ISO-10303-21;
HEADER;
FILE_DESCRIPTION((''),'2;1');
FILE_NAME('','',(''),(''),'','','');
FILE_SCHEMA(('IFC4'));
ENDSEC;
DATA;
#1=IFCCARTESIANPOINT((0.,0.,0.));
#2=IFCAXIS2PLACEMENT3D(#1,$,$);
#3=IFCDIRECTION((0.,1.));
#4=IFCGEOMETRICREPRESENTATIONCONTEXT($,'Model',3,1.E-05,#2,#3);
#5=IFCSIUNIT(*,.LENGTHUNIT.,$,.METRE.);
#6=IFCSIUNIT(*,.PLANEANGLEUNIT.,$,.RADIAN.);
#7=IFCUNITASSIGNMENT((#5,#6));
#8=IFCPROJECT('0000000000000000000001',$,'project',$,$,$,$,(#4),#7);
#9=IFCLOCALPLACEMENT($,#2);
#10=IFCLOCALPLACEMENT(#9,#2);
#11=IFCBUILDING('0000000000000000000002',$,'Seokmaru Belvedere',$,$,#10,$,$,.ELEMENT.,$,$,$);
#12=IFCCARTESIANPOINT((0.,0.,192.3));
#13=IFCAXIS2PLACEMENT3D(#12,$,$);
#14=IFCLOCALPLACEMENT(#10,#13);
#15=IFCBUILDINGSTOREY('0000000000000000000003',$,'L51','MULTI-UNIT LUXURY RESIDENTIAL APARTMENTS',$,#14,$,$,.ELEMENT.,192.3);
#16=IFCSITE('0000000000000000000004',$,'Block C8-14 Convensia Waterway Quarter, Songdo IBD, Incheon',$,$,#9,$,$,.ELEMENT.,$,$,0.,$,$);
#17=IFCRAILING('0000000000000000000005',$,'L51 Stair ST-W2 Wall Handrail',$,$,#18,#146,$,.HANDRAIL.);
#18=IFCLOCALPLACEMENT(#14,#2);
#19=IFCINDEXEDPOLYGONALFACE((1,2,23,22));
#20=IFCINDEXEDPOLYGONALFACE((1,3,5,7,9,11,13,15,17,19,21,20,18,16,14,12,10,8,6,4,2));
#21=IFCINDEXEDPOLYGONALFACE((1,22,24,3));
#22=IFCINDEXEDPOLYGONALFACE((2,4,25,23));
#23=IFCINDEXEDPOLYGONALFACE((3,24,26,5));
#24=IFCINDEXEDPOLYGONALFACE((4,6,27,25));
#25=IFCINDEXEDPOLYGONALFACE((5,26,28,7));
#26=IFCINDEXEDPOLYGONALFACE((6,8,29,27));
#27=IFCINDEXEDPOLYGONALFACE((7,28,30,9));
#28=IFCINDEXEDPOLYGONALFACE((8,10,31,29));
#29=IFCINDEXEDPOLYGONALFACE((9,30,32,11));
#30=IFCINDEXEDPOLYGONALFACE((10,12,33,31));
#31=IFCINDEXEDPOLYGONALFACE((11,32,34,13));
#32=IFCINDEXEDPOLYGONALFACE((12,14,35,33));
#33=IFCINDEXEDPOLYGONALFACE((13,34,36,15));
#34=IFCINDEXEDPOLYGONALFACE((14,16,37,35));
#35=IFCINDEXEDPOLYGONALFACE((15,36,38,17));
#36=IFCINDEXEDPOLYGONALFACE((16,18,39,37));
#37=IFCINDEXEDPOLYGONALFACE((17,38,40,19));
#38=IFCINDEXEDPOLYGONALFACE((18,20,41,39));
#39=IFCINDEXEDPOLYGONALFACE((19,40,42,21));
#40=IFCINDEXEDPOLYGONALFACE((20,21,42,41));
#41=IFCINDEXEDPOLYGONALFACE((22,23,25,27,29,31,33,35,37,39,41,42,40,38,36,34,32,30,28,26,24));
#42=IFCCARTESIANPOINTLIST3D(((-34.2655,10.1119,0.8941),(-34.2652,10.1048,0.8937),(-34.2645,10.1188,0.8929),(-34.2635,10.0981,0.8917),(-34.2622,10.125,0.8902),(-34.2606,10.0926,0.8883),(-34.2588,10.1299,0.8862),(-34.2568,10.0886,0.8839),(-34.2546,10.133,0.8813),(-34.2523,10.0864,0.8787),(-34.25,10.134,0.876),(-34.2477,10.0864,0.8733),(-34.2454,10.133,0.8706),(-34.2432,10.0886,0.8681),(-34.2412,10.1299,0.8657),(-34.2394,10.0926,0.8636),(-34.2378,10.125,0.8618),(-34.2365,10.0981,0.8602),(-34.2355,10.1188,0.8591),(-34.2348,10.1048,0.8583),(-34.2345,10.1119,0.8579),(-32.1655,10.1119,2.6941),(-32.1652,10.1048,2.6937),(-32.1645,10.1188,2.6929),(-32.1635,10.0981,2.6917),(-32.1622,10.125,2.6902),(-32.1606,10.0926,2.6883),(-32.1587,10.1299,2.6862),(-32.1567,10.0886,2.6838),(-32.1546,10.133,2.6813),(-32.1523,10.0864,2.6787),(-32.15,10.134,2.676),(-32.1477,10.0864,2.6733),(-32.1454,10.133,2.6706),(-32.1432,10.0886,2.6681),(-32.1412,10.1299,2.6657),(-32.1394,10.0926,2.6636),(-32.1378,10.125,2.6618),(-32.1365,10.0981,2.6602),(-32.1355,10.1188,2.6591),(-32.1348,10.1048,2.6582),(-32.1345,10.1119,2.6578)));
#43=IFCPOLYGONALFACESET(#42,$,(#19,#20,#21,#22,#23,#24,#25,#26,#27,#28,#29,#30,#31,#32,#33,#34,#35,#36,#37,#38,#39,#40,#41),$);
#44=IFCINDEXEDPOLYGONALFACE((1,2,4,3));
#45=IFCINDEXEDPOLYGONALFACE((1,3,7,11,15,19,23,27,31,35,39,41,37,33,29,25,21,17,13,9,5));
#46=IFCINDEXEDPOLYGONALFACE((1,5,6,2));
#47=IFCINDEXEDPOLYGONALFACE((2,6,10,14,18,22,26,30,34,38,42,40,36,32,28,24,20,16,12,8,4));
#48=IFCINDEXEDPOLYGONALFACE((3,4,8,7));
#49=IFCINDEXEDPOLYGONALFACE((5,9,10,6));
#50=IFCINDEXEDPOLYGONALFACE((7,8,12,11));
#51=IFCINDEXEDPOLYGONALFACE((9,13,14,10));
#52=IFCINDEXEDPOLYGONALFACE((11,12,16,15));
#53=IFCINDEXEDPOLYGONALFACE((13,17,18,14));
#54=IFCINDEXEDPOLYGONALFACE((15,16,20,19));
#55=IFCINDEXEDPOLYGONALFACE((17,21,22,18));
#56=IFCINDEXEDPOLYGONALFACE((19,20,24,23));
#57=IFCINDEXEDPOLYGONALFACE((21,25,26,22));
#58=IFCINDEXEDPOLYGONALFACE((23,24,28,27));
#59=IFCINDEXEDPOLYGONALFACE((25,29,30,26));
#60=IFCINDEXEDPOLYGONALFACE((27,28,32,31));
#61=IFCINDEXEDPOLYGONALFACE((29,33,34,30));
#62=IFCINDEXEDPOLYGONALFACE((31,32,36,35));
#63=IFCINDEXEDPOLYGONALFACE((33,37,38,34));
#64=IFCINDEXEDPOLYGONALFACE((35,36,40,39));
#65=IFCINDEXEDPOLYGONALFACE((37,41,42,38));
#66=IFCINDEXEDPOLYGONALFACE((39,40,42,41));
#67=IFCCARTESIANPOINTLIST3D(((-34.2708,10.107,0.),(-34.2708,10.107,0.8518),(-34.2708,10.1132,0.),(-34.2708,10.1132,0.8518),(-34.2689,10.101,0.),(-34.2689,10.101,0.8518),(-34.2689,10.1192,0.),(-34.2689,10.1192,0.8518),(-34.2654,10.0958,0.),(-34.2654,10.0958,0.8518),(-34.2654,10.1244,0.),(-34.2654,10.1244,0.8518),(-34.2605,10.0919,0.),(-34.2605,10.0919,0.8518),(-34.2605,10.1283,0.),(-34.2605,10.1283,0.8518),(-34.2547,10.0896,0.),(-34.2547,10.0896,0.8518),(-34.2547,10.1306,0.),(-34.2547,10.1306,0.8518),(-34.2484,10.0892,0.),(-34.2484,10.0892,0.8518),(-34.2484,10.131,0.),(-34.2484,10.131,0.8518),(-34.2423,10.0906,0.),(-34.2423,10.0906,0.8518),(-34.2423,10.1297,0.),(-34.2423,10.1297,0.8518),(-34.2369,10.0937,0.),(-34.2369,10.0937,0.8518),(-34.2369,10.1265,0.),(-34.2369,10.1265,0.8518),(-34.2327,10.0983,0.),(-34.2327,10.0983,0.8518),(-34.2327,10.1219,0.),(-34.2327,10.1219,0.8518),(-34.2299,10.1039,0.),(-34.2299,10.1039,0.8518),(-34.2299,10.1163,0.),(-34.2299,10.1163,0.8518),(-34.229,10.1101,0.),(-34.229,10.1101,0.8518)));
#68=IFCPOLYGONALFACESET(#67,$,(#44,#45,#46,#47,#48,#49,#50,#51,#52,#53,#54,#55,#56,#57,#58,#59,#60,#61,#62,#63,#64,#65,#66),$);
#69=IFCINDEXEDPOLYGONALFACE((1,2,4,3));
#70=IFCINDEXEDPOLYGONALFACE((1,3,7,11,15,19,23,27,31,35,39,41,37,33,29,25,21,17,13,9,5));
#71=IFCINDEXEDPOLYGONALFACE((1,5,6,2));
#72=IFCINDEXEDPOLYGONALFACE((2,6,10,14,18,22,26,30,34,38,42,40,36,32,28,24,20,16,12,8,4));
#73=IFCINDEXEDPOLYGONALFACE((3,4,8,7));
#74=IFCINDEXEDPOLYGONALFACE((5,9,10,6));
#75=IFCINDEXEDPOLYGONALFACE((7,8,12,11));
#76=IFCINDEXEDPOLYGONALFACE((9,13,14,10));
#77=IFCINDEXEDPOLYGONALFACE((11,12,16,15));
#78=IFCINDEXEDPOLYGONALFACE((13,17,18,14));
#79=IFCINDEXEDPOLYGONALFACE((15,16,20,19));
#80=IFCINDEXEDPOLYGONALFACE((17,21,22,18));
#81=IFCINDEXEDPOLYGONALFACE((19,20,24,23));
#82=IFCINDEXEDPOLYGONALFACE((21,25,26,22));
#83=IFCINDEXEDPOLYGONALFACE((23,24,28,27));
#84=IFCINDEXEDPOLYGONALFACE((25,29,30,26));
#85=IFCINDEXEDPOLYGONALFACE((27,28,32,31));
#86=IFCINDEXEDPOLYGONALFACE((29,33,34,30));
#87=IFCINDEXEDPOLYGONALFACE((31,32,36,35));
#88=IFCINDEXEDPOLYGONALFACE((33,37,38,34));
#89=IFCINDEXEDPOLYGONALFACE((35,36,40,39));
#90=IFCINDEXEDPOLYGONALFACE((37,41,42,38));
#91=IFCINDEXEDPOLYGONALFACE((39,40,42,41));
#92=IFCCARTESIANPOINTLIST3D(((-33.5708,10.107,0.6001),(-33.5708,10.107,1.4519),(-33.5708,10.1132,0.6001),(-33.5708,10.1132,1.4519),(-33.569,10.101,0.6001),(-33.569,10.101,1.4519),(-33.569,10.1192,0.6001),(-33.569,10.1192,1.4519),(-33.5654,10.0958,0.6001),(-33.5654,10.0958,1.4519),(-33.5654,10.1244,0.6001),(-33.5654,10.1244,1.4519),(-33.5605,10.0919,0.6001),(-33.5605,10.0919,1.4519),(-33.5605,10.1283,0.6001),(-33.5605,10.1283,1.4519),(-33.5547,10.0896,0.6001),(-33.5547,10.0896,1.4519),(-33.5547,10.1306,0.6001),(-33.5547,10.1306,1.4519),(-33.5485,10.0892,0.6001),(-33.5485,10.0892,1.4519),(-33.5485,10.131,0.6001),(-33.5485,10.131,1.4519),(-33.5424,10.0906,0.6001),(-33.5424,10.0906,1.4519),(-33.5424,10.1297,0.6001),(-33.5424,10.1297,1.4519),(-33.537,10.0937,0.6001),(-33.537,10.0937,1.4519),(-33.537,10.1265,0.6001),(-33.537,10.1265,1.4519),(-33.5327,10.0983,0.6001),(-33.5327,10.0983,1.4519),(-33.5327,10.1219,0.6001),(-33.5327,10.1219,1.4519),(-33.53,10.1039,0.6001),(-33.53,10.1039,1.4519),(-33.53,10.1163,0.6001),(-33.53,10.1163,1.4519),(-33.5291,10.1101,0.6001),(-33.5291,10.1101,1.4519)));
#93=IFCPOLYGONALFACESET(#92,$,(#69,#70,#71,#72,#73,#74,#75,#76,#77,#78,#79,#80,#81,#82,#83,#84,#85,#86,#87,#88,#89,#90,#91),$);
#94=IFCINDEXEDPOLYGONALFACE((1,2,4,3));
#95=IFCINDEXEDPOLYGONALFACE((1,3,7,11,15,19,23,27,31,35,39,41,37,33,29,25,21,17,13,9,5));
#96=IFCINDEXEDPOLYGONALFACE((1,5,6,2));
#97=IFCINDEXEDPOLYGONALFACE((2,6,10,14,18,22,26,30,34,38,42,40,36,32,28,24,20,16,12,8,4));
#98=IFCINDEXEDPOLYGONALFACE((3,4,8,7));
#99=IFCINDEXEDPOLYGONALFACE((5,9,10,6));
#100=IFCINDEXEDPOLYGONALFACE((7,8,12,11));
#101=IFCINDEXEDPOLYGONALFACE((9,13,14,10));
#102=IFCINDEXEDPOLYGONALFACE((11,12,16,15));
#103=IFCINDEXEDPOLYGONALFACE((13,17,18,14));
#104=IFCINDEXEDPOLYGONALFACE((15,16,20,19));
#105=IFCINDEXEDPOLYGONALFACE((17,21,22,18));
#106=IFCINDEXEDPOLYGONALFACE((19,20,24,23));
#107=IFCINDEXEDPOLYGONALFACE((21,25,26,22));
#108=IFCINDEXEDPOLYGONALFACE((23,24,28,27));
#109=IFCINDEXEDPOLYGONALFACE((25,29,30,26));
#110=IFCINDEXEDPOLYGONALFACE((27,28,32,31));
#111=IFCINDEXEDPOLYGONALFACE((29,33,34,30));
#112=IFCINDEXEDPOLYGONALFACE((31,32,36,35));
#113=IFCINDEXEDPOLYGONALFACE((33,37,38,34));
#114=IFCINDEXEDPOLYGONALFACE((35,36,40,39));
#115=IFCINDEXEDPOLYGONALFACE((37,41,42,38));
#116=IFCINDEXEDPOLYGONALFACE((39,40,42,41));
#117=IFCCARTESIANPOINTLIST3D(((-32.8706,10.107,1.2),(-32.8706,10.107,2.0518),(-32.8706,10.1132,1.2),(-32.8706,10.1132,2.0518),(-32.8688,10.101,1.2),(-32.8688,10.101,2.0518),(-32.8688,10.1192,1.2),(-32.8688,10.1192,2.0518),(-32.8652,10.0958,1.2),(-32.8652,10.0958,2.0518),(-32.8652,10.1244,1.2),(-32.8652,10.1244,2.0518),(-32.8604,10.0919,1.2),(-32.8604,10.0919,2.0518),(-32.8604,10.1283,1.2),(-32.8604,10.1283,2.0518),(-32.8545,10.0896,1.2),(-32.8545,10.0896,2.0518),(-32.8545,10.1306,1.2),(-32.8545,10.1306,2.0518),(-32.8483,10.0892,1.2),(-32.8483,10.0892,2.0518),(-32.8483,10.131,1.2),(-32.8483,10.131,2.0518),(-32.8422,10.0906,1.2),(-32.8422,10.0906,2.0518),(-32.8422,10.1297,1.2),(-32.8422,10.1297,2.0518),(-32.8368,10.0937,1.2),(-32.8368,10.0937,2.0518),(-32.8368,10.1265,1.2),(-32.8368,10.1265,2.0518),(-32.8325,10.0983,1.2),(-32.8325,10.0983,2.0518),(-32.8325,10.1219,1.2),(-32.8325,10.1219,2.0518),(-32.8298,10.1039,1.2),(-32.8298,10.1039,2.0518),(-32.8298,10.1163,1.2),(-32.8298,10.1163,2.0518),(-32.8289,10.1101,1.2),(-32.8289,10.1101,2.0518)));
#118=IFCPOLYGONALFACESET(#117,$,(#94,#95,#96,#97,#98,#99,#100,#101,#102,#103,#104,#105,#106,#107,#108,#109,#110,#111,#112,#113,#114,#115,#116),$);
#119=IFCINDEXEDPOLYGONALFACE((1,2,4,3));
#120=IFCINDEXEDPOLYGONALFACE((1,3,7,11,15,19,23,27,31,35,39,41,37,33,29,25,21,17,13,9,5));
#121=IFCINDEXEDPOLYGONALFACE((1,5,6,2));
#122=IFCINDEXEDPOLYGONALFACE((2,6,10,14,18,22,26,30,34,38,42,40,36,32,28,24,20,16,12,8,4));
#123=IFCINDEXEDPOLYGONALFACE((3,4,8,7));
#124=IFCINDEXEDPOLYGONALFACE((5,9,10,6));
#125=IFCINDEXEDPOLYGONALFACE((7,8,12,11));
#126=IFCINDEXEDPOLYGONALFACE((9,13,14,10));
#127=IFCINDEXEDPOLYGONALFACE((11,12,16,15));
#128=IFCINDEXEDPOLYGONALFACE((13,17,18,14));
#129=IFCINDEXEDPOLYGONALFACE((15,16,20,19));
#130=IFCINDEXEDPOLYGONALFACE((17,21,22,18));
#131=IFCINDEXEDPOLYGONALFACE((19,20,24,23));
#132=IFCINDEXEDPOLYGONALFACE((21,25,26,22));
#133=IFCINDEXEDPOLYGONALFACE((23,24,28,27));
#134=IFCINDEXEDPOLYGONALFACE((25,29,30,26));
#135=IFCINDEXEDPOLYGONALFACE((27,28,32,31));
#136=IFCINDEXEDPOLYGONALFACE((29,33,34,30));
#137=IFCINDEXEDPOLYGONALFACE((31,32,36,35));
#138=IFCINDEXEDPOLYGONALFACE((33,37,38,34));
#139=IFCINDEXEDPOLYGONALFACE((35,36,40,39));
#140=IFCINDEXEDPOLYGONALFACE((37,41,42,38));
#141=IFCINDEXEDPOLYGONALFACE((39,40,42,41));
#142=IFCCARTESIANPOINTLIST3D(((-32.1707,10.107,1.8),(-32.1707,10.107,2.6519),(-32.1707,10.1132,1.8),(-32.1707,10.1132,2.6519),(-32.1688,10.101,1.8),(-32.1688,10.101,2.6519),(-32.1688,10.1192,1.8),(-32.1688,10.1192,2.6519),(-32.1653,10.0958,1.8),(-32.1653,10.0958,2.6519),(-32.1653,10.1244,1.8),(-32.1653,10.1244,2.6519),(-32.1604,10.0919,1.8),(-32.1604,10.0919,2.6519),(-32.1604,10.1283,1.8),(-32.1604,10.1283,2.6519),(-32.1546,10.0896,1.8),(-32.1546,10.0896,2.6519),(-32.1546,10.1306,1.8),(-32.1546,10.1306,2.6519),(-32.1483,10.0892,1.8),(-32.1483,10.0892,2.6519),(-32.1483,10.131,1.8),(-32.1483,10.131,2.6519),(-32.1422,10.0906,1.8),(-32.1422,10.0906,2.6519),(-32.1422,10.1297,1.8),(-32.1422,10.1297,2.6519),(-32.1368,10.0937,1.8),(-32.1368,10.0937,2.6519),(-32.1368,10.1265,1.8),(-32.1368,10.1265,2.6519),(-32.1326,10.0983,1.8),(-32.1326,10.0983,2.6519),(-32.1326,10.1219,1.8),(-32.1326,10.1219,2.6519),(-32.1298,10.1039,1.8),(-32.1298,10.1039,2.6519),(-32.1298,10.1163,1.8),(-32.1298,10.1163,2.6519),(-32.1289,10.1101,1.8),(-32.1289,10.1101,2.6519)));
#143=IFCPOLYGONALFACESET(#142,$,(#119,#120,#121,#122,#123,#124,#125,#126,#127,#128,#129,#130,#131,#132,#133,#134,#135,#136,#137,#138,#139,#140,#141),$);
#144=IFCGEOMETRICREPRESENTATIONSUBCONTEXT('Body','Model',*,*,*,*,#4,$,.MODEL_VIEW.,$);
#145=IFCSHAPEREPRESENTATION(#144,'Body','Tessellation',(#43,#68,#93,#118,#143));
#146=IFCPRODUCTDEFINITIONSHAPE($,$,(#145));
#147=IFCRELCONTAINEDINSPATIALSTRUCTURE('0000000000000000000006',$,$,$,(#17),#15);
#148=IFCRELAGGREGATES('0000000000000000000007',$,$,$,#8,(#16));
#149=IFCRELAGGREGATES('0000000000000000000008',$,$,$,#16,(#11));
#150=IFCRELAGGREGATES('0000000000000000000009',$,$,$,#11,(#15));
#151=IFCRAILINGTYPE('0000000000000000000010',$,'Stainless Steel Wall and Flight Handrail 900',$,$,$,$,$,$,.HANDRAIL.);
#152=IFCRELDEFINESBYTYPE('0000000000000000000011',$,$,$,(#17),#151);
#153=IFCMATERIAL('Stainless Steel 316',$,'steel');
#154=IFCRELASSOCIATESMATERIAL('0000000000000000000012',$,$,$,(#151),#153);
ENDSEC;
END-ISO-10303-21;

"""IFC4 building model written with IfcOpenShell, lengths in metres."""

from ifc_helpers import new_model, si_unit, direction, frame, origin, origin_2d, place, context, subcontext, project, spatial, circle, extrude, material, type_object, element, save


model = new_model("IFC4")

# Units and contexts
model_context = context("Model", 3, precision=1e-05, world=origin(), true_north=direction((0.0, 1.0)))
body_context = subcontext(model_context, "Body", "Model", "MODEL_VIEW")
ifc_project = project(units=[si_unit("LENGTHUNIT", "METRE"), si_unit("PLANEANGLEUNIT", "RADIAN")], contexts=[model_context])

# Site, building, storey
site_placement = place(None, origin())
site = spatial("IfcSite", under=ifc_project, at=site_placement, Name="Block C8-14 Convensia Waterway Quarter, Songdo IBD, Incheon", CompositionType="ELEMENT", RefElevation=0.0)
building_placement = place(site_placement, origin())
building = spatial("IfcBuilding", under=site, at=building_placement, Name="Seokmaru Belvedere", CompositionType="ELEMENT")
storey_placement = place(building_placement, frame((0.0, 0.0, 192.3)))
storey = spatial("IfcBuildingStorey", under=building, at=storey_placement, Name="L51", Description="MULTI-UNIT LUXURY RESIDENTIAL APARTMENTS", CompositionType="ELEMENT", Elevation=192.3)

# Railing
ifc_material_1 = material(Name="Stainless Steel 316", Category="steel")
railing_type_1 = type_object("IfcRailingType", Name="Stainless Steel Wall and Flight Handrail 900", PredefinedType="HANDRAIL", material=ifc_material_1)
railing_1_placement = place(storey_placement, frame((-34.25, 10.1101, 0.0)))
element("IfcRailing", 1, at=railing_1_placement, inside=storey, type_object=railing_type_1, Name="L51 Stair ST-W2 Wall Handrail", PredefinedType="HANDRAIL", context=body_context, shape_type="SweptSolid", body=[
    extrude(circle(Radius=0.0239, at=origin_2d()), frame((0.0, 0.0, 0.876), z_axis=(0.759263, 0.0, 0.650784), x_axis=(0.0, 1.0, 0.0)), (0.0, 0.0, 1.0), 2.7659),
    extrude(circle(Radius=0.021, at=origin_2d()), origin(), (0.0, 0.0, 1.0), 0.8518),
    extrude(circle(Radius=0.021, at=origin_2d()), frame((0.7, 0.0, 0.6001)), (0.0, 0.0, 1.0), 0.8518),
    extrude(circle(Radius=0.021, at=origin_2d()), frame((1.4001, 0.0, 1.2)), (0.0, 0.0, 1.0), 0.8518),
    extrude(circle(Radius=0.021, at=origin_2d()), frame((2.1001, 0.0, 1.8)), (0.0, 0.0, 1.0), 0.8518),
])

save(model, "model.ifc")
